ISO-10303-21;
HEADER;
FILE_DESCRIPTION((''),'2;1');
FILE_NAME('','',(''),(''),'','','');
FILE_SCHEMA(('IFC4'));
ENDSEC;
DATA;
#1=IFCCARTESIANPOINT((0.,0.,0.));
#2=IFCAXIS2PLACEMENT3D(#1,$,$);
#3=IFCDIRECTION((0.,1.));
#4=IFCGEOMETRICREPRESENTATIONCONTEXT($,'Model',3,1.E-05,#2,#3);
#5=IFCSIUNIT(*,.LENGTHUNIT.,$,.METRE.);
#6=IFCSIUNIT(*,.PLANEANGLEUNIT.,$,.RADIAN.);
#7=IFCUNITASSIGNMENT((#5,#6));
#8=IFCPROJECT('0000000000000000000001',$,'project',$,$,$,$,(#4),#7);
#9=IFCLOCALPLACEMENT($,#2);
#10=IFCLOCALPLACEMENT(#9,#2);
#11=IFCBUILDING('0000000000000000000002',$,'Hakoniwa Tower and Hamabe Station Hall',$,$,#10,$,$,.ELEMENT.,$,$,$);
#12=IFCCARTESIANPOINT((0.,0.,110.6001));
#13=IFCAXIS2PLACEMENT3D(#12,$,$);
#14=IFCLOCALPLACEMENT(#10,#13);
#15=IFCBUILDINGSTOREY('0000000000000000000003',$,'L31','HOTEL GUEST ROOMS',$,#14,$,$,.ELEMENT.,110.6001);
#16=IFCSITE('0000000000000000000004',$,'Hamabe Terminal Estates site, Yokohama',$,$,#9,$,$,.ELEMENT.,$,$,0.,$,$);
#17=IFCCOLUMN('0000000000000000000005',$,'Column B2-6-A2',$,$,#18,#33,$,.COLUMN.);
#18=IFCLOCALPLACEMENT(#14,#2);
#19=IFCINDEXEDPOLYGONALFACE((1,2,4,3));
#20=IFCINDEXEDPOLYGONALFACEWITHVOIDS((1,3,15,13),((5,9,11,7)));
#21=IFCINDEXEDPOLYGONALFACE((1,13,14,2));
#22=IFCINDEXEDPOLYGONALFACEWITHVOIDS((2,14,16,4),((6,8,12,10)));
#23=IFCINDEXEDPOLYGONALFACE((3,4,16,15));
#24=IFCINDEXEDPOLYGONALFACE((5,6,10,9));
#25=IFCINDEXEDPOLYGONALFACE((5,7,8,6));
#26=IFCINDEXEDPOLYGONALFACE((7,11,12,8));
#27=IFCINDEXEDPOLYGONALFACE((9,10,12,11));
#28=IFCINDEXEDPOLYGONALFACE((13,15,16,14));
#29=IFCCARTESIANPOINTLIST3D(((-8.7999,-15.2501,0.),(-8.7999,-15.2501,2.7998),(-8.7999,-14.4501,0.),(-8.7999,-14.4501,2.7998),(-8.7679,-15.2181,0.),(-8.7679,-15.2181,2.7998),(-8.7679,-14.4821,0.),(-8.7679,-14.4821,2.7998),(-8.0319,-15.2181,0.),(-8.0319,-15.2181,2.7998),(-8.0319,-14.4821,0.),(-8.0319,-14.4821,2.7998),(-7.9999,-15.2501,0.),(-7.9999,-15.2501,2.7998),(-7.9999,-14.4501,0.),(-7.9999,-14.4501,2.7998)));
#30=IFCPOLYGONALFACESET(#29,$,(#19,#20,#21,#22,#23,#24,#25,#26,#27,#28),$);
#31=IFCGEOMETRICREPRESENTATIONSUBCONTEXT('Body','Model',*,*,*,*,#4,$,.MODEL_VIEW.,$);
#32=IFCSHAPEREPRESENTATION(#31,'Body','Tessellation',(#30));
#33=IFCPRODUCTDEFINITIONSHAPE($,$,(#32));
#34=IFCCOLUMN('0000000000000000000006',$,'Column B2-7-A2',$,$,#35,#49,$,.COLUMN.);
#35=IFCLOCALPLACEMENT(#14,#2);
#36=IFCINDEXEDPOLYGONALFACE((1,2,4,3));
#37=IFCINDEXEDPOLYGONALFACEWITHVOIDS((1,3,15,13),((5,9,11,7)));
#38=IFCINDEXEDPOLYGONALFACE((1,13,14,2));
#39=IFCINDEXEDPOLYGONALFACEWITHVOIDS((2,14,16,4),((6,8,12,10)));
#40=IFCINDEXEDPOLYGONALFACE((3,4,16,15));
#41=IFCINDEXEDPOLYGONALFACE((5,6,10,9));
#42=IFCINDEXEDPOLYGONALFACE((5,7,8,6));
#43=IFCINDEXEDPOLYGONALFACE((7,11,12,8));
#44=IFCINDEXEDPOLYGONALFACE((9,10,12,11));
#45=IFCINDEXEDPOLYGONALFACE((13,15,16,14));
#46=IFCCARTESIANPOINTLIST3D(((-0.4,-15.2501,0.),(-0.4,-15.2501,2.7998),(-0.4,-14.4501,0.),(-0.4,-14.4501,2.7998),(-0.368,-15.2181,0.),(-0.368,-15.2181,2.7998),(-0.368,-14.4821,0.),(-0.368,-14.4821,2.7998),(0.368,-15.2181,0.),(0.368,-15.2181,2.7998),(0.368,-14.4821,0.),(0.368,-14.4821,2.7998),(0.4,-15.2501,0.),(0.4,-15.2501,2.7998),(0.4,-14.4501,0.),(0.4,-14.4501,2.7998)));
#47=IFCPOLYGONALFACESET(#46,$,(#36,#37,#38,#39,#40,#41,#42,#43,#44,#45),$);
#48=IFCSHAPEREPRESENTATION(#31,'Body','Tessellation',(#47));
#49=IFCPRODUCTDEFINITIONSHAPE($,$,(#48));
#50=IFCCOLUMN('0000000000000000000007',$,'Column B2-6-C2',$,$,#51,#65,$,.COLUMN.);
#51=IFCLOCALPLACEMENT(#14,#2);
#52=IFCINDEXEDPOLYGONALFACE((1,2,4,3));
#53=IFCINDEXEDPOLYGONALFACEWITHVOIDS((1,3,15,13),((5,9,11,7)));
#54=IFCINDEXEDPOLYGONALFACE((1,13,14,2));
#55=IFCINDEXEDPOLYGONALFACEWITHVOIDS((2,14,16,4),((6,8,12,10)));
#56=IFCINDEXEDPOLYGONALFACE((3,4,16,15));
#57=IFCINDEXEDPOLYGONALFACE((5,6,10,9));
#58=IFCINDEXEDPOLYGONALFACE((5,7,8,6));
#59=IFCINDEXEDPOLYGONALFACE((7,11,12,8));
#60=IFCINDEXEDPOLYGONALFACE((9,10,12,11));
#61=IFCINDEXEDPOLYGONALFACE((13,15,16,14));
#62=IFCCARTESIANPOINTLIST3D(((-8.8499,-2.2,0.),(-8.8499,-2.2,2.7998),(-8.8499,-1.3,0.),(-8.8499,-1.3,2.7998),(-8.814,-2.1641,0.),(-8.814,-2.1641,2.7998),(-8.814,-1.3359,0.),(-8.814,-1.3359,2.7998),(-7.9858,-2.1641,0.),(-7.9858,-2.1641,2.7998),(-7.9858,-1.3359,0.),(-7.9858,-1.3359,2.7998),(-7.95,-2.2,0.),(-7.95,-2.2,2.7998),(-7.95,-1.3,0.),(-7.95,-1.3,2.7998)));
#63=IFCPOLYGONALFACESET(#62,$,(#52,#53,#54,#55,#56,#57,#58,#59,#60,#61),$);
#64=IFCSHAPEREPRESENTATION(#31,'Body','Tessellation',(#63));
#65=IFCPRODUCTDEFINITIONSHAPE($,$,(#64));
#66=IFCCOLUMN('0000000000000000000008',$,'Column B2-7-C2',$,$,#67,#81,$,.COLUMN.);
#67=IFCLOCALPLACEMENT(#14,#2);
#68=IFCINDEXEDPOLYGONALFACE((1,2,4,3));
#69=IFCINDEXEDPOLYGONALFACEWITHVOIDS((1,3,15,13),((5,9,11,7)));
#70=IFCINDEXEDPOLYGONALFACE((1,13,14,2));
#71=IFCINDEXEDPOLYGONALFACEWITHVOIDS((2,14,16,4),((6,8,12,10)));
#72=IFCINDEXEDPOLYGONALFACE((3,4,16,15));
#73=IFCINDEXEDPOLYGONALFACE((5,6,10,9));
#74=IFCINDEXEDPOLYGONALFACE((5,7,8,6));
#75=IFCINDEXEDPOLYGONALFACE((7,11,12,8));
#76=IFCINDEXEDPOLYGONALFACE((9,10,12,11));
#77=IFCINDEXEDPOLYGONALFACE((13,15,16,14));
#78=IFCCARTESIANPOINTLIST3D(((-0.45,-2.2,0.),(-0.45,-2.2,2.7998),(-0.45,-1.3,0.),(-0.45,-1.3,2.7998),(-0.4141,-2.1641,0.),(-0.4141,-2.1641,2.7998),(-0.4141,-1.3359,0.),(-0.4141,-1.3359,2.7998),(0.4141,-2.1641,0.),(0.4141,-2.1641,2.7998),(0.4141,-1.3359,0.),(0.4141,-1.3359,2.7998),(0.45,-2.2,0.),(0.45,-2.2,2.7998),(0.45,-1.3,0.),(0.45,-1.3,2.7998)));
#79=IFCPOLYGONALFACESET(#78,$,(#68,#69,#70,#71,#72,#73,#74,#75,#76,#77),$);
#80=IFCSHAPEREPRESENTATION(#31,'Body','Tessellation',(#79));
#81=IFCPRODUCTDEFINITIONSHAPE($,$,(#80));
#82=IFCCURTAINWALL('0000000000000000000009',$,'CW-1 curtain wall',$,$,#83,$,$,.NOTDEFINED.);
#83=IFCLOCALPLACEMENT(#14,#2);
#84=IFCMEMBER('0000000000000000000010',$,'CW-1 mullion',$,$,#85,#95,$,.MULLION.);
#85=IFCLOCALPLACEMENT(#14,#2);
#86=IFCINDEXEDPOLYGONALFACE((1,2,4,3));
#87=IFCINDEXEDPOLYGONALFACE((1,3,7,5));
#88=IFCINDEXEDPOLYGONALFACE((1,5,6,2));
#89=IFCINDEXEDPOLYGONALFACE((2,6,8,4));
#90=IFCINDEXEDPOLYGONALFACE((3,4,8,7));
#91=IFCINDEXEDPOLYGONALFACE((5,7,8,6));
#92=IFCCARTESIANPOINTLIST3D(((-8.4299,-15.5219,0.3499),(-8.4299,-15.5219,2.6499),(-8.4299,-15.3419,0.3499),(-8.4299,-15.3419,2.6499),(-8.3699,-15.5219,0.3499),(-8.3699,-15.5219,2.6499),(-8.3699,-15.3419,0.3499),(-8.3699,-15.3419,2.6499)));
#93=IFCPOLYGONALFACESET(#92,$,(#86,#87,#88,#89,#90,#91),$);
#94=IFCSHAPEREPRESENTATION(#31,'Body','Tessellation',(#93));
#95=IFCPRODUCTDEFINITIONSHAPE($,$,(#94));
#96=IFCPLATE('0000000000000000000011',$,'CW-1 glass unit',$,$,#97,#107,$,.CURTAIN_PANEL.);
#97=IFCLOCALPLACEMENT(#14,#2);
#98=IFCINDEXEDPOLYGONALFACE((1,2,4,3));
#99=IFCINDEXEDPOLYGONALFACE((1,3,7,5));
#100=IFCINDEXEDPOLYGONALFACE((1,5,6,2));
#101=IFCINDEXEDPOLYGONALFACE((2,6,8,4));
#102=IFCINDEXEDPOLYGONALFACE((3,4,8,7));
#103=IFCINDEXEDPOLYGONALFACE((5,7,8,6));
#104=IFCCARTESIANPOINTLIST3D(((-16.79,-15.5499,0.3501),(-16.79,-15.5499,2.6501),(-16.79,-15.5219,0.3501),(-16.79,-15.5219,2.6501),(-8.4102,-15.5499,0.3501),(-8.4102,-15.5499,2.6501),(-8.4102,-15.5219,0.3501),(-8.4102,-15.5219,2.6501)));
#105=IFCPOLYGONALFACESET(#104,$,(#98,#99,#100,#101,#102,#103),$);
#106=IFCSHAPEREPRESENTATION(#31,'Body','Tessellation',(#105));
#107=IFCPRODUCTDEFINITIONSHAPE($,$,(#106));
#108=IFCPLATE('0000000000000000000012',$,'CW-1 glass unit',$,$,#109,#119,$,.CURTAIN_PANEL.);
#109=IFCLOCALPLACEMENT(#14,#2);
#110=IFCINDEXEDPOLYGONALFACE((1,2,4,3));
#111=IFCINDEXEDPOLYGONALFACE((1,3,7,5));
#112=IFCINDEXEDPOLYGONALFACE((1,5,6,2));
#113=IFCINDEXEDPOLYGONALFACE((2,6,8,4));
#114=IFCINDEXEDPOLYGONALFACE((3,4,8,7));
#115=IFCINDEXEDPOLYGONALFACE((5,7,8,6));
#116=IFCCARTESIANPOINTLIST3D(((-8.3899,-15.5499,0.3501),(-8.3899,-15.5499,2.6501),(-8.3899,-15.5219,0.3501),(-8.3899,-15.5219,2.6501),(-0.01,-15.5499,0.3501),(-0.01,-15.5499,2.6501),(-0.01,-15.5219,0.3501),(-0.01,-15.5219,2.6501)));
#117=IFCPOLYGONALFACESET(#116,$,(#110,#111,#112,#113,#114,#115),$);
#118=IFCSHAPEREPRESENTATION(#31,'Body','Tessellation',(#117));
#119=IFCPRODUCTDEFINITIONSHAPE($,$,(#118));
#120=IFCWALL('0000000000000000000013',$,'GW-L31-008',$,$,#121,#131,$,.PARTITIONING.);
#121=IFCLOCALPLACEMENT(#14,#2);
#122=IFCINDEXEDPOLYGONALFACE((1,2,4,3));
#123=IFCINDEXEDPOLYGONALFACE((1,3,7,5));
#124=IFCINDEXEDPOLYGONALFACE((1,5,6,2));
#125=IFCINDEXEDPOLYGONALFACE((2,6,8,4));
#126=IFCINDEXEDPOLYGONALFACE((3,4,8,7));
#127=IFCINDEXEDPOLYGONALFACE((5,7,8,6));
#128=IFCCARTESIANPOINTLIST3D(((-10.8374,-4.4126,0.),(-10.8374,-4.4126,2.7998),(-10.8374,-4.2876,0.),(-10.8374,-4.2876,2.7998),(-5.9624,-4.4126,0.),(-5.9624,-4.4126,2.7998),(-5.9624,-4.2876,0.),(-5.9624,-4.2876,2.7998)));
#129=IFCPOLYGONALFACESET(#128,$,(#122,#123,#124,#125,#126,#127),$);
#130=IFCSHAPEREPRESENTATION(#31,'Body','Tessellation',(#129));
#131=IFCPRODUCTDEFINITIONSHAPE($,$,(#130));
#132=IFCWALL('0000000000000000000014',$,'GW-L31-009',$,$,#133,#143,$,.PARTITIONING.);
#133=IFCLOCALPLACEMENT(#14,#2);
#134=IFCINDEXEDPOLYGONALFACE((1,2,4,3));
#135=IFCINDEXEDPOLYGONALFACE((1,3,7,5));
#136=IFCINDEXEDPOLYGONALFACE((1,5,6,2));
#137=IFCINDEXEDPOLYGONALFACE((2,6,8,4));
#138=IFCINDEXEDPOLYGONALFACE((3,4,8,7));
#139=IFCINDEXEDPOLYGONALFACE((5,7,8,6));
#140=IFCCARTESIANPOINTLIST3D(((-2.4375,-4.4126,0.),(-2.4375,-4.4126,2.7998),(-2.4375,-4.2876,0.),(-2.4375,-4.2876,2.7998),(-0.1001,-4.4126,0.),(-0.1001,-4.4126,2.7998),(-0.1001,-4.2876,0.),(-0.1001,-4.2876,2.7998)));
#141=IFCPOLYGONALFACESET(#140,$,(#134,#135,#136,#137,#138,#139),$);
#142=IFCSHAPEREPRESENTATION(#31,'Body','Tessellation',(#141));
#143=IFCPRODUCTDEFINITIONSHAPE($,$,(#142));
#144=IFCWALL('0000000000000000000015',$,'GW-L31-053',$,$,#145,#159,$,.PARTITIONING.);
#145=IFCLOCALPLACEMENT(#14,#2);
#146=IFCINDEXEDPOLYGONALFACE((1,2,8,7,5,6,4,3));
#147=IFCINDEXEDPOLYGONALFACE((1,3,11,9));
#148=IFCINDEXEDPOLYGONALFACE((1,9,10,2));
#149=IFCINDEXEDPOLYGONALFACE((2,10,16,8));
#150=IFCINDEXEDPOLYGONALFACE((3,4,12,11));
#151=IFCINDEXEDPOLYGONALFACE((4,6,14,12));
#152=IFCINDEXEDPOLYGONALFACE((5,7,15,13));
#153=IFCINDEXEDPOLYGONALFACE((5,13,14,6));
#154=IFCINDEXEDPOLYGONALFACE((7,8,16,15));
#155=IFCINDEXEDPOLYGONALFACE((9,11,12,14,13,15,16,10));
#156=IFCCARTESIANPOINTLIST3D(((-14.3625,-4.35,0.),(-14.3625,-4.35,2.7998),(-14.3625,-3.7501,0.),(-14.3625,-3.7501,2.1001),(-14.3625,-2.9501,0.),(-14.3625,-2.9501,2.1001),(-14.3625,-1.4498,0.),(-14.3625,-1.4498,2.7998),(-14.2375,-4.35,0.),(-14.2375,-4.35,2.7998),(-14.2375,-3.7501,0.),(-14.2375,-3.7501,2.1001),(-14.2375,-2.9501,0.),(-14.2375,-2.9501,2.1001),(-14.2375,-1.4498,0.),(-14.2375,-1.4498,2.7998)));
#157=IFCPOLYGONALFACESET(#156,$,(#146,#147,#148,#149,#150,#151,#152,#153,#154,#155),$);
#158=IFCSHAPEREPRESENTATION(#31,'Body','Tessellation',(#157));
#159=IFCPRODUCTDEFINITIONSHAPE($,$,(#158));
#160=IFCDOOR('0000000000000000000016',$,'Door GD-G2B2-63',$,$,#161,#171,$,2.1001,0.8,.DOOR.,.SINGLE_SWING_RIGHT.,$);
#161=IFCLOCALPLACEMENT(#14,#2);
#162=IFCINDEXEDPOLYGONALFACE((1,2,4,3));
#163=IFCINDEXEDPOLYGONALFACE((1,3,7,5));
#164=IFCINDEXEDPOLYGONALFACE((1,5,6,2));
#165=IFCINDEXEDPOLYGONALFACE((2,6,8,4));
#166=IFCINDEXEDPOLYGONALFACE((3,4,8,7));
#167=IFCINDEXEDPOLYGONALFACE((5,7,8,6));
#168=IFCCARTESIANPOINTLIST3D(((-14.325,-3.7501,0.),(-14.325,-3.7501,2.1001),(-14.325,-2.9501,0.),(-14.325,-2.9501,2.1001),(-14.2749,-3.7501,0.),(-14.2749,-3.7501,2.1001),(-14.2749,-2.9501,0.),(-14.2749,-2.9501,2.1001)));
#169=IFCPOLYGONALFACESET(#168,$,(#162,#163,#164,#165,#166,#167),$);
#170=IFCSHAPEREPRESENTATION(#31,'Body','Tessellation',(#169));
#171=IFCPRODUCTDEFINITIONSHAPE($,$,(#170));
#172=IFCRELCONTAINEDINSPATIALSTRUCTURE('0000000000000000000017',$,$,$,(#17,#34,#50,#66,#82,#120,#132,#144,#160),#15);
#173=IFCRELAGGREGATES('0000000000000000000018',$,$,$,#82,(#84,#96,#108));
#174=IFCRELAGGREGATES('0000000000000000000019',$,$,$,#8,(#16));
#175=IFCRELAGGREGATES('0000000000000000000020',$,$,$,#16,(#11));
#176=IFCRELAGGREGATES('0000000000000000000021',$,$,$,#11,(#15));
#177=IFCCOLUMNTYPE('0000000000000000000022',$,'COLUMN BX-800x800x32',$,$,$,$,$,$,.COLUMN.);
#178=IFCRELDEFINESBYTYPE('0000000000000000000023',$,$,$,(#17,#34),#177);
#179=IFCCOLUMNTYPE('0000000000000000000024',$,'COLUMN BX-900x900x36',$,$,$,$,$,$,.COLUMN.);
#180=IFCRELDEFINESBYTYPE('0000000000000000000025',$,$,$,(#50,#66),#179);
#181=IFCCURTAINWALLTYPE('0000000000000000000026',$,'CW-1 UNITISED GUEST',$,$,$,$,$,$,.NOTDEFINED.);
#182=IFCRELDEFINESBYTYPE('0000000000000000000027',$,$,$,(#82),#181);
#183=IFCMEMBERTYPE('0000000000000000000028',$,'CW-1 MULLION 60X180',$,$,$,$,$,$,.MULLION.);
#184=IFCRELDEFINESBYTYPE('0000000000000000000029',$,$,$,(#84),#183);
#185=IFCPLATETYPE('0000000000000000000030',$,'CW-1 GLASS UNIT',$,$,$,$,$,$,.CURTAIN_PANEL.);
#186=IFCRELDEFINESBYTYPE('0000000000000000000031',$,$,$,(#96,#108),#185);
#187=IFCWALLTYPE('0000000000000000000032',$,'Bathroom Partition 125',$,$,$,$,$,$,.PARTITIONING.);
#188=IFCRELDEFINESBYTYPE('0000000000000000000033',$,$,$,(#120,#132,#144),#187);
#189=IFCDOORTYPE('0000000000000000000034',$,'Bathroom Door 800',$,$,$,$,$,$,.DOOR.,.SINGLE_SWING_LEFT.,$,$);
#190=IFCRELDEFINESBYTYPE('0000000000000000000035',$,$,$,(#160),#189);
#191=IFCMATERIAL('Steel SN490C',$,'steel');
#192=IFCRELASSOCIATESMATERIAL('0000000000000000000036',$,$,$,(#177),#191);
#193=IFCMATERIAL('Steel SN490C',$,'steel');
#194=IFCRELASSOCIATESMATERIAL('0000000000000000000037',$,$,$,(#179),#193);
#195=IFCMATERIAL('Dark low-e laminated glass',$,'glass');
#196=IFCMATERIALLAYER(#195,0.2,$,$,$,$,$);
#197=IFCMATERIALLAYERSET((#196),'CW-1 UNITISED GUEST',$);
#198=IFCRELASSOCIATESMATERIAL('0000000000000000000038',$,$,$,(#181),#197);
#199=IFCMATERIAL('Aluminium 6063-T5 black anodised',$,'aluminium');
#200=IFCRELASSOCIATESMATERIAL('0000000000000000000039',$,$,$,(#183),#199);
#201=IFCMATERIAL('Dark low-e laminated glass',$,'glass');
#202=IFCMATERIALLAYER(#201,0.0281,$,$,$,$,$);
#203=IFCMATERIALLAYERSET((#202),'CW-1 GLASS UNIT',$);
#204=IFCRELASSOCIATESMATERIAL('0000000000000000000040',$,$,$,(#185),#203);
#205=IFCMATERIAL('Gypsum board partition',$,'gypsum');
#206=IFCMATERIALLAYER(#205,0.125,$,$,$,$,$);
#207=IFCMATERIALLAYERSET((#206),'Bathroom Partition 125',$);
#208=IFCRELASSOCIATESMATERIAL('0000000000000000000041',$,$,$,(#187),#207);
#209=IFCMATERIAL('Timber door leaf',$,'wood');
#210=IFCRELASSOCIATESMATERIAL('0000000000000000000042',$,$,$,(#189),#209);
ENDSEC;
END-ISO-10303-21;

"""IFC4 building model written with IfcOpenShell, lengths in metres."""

from ifc_helpers import new_model, si_unit, direction, frame, frame_2d, origin, origin_2d, place, context, subcontext, project, spatial, rectangle, hollow_rectangle, extrude, material, layer, layer_set, material_profile, profile_set, type_object, element, fill, aggregate, save


model = new_model("IFC4")

# Units and contexts
model_context = context("Model", 3, precision=1e-05, world=origin(), true_north=direction((0.0, 1.0)))
body_context = subcontext(model_context, "Body", "Model", "MODEL_VIEW")
ifc_project = project(units=[si_unit("LENGTHUNIT", "METRE"), si_unit("PLANEANGLEUNIT", "RADIAN")], contexts=[model_context])

# Site, building, storey
site_placement = place(None, origin())
site = spatial("IfcSite", under=ifc_project, at=site_placement, Name="Hamabe Terminal Estates site, Yokohama", CompositionType="ELEMENT", RefElevation=0.0)
building_placement = place(site_placement, origin())
building = spatial("IfcBuilding", under=site, at=building_placement, Name="Hakoniwa Tower and Hamabe Station Hall", CompositionType="ELEMENT")
storey_placement = place(building_placement, frame((0.0, 0.0, 110.6001)))
storey = spatial("IfcBuildingStorey", under=building, at=storey_placement, Name="L31", Description="HOTEL GUEST ROOMS", CompositionType="ELEMENT", Elevation=110.6001)

# Columns
ifc_material_1 = material(Name="Steel SN490C", Category="steel")
ifc_material_profile_1 = material_profile(ifc_material_1, hollow_rectangle(XDim=0.8, YDim=0.8, WallThickness=0.032, at=origin_2d()), Name="BX-800x800x32")
ifc_profile_set_1 = profile_set([ifc_material_profile_1], Name="Steel SN490C")
column_type_1 = type_object("IfcColumnType", Name="COLUMN BX-800x800x32", PredefinedType="COLUMN", material=ifc_profile_set_1)
for number, where, z_axis, x_axis, name in (
    (1, (-8.3999, -14.8501, 0.0), (0.0, 0.0, 1.0), (1.0, 0.0, 0.0), "Column B2-6-A2"),
    (2, (0.0, -14.8501, 0.0), (0.0, 0.0, 1.0), (1.0, 0.0, 0.0), "Column B2-7-A2"),
):
    element("IfcColumn", number, at=place(storey_placement, frame(where, z_axis=z_axis, x_axis=x_axis)), inside=storey, type_object=column_type_1, Name=name, PredefinedType="COLUMN", context=body_context, shape_type="SweptSolid", body=[
        extrude(hollow_rectangle(XDim=0.8, YDim=0.8, WallThickness=0.032, at=origin_2d()), origin(), (0.0, 0.0, 1.0), 2.7998),
    ])
ifc_material_2 = material(Name="Steel SN490C", Category="steel")
ifc_material_profile_2 = material_profile(ifc_material_2, hollow_rectangle(XDim=0.8999, YDim=0.8999, WallThickness=0.0359, at=origin_2d()), Name="BX-900x900x36")
ifc_profile_set_2 = profile_set([ifc_material_profile_2], Name="Steel SN490C")
column_type_2 = type_object("IfcColumnType", Name="COLUMN BX-900x900x36", PredefinedType="COLUMN", material=ifc_profile_set_2)
for number, where, z_axis, x_axis, name in (
    (3, (-8.3999, -1.75, 0.0), (0.0, 0.0, 1.0), (1.0, 0.0, 0.0), "Column B2-6-C2"),
    (4, (0.0, -1.75, 0.0), (0.0, 0.0, 1.0), (1.0, 0.0, 0.0), "Column B2-7-C2"),
):
    element("IfcColumn", number, at=place(storey_placement, frame(where, z_axis=z_axis, x_axis=x_axis)), inside=storey, type_object=column_type_2, Name=name, PredefinedType="COLUMN", context=body_context, shape_type="SweptSolid", body=[
        extrude(hollow_rectangle(XDim=0.8999, YDim=0.8999, WallThickness=0.0359, at=origin_2d()), origin(), (0.0, 0.0, 1.0), 2.7998),
    ])

# Curtain wall, member, plates
ifc_material_3 = material(Name="Dark low-e laminated glass", Category="glass")
ifc_layer_1 = layer(ifc_material_3, 0.2)
ifc_layer_set_1 = layer_set([ifc_layer_1], Name="CW-1 UNITISED GUEST")
curtain_wall_type = type_object("IfcCurtainWallType", Name="CW-1 UNITISED GUEST", PredefinedType="NOTDEFINED", material=ifc_layer_set_1)
curtain_wall_placement = place(storey_placement, origin())
curtain_wall = element("IfcCurtainWall", 5, at=curtain_wall_placement, inside=storey, type_object=curtain_wall_type, Name="CW-1 curtain wall", PredefinedType="NOTDEFINED")
ifc_material_4 = material(Name="Aluminium 6063-T5 black anodised", Category="aluminium")
ifc_material_profile_3 = material_profile(ifc_material_4, rectangle(XDim=0.0601, YDim=0.1799, at=origin_2d()), Name="CW-1 MULLION 60X180")
ifc_profile_set_3 = profile_set([ifc_material_profile_3], Name="Aluminium 6063-T5 black anodised")
member_type = type_object("IfcMemberType", Name="CW-1 MULLION 60X180", PredefinedType="MULLION", material=ifc_profile_set_3)
member_placement = place(storey_placement, frame((-8.3999, -15.4319, 0.3499), z_axis=(0.0, 0.0, 1.0), x_axis=(1.0, 0.0, 0.0)))
member = element("IfcMember", 6, at=member_placement, type_object=member_type, Name="CW-1 mullion", PredefinedType="MULLION", context=body_context, shape_type="SweptSolid", body=[
    extrude(rectangle(XDim=0.0601, YDim=0.1799, at=origin_2d()), origin(), (0.0, 0.0, 1.0), 2.3),
])
ifc_material_5 = material(Name="Dark low-e laminated glass", Category="glass")
ifc_layer_2 = layer(ifc_material_5, 0.0281)
ifc_layer_set_2 = layer_set([ifc_layer_2], Name="CW-1 GLASS UNIT")
plate_type = type_object("IfcPlateType", Name="CW-1 GLASS UNIT", PredefinedType="CURTAIN_PANEL", material=ifc_layer_set_2)
plate_1_placement = place(storey_placement, frame((-12.6001, -15.5359, 0.3501), z_axis=(0.0, 0.0, 1.0), x_axis=(1.0, 0.0, 0.0)))
plate_1 = element("IfcPlate", 7, at=plate_1_placement, type_object=plate_type, Name="CW-1 glass unit", PredefinedType="CURTAIN_PANEL", context=body_context, shape_type="SweptSolid", body=[
    extrude(rectangle(XDim=8.3799, YDim=0.0281, at=origin_2d()), origin(), (0.0, 0.0, 1.0), 2.3),
])
plate_2_placement = place(storey_placement, frame((-4.2, -15.5359, 0.3501), z_axis=(0.0, 0.0, 1.0), x_axis=(1.0, 0.0, 0.0)))
plate_2 = element("IfcPlate", 8, at=plate_2_placement, type_object=plate_type, Name="CW-1 glass unit", PredefinedType="CURTAIN_PANEL", context=body_context, shape_type="SweptSolid", body=[
    extrude(rectangle(XDim=8.3799, YDim=0.0281, at=origin_2d()), origin(), (0.0, 0.0, 1.0), 2.3),
])
aggregate(curtain_wall, [member, plate_1, plate_2])

# Walls
ifc_material_6 = material(Name="Gypsum board partition", Category="gypsum")
ifc_layer_3 = layer(ifc_material_6, 0.125)
ifc_layer_set_3 = layer_set([ifc_layer_3], Name="Bathroom Partition 125")
wall_type_1 = type_object("IfcWallType", Name="Bathroom Partition 125", PredefinedType="PARTITIONING", material=ifc_layer_set_3)
wall_1_placement = place(storey_placement, frame((-10.8374, -4.3501, 0.0), z_axis=(0.0, 0.0, 1.0), x_axis=(1.0, 0.0, 0.0)))
element("IfcWall", 9, at=wall_1_placement, inside=storey, type_object=wall_type_1, Name="GW-L31-008", PredefinedType="PARTITIONING", context=body_context, shape_type="SweptSolid", body=[
    extrude(rectangle(XDim=4.875, YDim=0.125, at=frame_2d((2.4375, 0.0))), origin(), (0.0, 0.0, 1.0), 2.7998),
])
wall_2_placement = place(storey_placement, frame((-2.4375, -4.3501, 0.0), z_axis=(0.0, 0.0, 1.0), x_axis=(1.0, 0.0, 0.0)))
element("IfcWall", 10, at=wall_2_placement, inside=storey, type_object=wall_type_1, Name="GW-L31-009", PredefinedType="PARTITIONING", context=body_context, shape_type="SweptSolid", body=[
    extrude(rectangle(XDim=2.3374, YDim=0.125, at=frame_2d((1.1687, 0.0))), origin(), (0.0, 0.0, 1.0), 2.7998),
])

# Wall, opening, door
wall_3_placement = place(storey_placement, frame((-14.3, -4.3501, 0.0), z_axis=(0.0, 0.0, 1.0), x_axis=(0.0, 1.0, 0.0)))
wall_3 = element("IfcWall", 11, at=wall_3_placement, inside=storey, type_object=wall_type_1, Name="GW-L31-053", PredefinedType="PARTITIONING", context=body_context, shape_type="SweptSolid", body=[
    extrude(rectangle(XDim=2.9001, YDim=0.125, at=frame_2d((1.4502, 0.0))), origin(), (0.0, 0.0, 1.0), 2.7998),
])
opening_1_placement = place(wall_3_placement, frame((0.6001, 0.0, 0.0)))
opening_1 = element("IfcOpeningElement", 12, at=opening_1_placement, cuts=wall_3, PredefinedType="OPENING", context=body_context, shape_type="SweptSolid", body=[
    extrude(rectangle(XDim=0.8, YDim=2.1001, at=frame_2d((0.3999, 1.05))), frame((0.0, 0.0725, 0.0), z_axis=(0.0, -1.0, 0.0), x_axis=(1.0, 0.0, 0.0)), (0.0, 0.0, 1.0), 0.145),
])
ifc_material_7 = material(Name="Timber door leaf", Category="wood")
door_type = type_object("IfcDoorType", Name="Bathroom Door 800", OperationType="SINGLE_SWING_LEFT", PredefinedType="DOOR", material=ifc_material_7)
door_1_placement = place(opening_1_placement, origin())
door_1 = element("IfcDoor", 13, at=door_1_placement, inside=storey, type_object=door_type, Name="Door GD-G2B2-63", OperationType="SINGLE_SWING_RIGHT", OverallHeight=2.1001, OverallWidth=0.8, PredefinedType="DOOR", context=body_context, shape_type="SweptSolid", body=[
    extrude(rectangle(XDim=0.8, YDim=2.1001, at=frame_2d((0.3999, 1.05))), frame((0.0, 0.0249, 0.0), z_axis=(0.0, -1.0, 0.0), x_axis=(1.0, 0.0, 0.0)), (0.0, 0.0, 1.0), 0.05),
])
fill(opening_1, door_1)

save(model, "model.ifc")
